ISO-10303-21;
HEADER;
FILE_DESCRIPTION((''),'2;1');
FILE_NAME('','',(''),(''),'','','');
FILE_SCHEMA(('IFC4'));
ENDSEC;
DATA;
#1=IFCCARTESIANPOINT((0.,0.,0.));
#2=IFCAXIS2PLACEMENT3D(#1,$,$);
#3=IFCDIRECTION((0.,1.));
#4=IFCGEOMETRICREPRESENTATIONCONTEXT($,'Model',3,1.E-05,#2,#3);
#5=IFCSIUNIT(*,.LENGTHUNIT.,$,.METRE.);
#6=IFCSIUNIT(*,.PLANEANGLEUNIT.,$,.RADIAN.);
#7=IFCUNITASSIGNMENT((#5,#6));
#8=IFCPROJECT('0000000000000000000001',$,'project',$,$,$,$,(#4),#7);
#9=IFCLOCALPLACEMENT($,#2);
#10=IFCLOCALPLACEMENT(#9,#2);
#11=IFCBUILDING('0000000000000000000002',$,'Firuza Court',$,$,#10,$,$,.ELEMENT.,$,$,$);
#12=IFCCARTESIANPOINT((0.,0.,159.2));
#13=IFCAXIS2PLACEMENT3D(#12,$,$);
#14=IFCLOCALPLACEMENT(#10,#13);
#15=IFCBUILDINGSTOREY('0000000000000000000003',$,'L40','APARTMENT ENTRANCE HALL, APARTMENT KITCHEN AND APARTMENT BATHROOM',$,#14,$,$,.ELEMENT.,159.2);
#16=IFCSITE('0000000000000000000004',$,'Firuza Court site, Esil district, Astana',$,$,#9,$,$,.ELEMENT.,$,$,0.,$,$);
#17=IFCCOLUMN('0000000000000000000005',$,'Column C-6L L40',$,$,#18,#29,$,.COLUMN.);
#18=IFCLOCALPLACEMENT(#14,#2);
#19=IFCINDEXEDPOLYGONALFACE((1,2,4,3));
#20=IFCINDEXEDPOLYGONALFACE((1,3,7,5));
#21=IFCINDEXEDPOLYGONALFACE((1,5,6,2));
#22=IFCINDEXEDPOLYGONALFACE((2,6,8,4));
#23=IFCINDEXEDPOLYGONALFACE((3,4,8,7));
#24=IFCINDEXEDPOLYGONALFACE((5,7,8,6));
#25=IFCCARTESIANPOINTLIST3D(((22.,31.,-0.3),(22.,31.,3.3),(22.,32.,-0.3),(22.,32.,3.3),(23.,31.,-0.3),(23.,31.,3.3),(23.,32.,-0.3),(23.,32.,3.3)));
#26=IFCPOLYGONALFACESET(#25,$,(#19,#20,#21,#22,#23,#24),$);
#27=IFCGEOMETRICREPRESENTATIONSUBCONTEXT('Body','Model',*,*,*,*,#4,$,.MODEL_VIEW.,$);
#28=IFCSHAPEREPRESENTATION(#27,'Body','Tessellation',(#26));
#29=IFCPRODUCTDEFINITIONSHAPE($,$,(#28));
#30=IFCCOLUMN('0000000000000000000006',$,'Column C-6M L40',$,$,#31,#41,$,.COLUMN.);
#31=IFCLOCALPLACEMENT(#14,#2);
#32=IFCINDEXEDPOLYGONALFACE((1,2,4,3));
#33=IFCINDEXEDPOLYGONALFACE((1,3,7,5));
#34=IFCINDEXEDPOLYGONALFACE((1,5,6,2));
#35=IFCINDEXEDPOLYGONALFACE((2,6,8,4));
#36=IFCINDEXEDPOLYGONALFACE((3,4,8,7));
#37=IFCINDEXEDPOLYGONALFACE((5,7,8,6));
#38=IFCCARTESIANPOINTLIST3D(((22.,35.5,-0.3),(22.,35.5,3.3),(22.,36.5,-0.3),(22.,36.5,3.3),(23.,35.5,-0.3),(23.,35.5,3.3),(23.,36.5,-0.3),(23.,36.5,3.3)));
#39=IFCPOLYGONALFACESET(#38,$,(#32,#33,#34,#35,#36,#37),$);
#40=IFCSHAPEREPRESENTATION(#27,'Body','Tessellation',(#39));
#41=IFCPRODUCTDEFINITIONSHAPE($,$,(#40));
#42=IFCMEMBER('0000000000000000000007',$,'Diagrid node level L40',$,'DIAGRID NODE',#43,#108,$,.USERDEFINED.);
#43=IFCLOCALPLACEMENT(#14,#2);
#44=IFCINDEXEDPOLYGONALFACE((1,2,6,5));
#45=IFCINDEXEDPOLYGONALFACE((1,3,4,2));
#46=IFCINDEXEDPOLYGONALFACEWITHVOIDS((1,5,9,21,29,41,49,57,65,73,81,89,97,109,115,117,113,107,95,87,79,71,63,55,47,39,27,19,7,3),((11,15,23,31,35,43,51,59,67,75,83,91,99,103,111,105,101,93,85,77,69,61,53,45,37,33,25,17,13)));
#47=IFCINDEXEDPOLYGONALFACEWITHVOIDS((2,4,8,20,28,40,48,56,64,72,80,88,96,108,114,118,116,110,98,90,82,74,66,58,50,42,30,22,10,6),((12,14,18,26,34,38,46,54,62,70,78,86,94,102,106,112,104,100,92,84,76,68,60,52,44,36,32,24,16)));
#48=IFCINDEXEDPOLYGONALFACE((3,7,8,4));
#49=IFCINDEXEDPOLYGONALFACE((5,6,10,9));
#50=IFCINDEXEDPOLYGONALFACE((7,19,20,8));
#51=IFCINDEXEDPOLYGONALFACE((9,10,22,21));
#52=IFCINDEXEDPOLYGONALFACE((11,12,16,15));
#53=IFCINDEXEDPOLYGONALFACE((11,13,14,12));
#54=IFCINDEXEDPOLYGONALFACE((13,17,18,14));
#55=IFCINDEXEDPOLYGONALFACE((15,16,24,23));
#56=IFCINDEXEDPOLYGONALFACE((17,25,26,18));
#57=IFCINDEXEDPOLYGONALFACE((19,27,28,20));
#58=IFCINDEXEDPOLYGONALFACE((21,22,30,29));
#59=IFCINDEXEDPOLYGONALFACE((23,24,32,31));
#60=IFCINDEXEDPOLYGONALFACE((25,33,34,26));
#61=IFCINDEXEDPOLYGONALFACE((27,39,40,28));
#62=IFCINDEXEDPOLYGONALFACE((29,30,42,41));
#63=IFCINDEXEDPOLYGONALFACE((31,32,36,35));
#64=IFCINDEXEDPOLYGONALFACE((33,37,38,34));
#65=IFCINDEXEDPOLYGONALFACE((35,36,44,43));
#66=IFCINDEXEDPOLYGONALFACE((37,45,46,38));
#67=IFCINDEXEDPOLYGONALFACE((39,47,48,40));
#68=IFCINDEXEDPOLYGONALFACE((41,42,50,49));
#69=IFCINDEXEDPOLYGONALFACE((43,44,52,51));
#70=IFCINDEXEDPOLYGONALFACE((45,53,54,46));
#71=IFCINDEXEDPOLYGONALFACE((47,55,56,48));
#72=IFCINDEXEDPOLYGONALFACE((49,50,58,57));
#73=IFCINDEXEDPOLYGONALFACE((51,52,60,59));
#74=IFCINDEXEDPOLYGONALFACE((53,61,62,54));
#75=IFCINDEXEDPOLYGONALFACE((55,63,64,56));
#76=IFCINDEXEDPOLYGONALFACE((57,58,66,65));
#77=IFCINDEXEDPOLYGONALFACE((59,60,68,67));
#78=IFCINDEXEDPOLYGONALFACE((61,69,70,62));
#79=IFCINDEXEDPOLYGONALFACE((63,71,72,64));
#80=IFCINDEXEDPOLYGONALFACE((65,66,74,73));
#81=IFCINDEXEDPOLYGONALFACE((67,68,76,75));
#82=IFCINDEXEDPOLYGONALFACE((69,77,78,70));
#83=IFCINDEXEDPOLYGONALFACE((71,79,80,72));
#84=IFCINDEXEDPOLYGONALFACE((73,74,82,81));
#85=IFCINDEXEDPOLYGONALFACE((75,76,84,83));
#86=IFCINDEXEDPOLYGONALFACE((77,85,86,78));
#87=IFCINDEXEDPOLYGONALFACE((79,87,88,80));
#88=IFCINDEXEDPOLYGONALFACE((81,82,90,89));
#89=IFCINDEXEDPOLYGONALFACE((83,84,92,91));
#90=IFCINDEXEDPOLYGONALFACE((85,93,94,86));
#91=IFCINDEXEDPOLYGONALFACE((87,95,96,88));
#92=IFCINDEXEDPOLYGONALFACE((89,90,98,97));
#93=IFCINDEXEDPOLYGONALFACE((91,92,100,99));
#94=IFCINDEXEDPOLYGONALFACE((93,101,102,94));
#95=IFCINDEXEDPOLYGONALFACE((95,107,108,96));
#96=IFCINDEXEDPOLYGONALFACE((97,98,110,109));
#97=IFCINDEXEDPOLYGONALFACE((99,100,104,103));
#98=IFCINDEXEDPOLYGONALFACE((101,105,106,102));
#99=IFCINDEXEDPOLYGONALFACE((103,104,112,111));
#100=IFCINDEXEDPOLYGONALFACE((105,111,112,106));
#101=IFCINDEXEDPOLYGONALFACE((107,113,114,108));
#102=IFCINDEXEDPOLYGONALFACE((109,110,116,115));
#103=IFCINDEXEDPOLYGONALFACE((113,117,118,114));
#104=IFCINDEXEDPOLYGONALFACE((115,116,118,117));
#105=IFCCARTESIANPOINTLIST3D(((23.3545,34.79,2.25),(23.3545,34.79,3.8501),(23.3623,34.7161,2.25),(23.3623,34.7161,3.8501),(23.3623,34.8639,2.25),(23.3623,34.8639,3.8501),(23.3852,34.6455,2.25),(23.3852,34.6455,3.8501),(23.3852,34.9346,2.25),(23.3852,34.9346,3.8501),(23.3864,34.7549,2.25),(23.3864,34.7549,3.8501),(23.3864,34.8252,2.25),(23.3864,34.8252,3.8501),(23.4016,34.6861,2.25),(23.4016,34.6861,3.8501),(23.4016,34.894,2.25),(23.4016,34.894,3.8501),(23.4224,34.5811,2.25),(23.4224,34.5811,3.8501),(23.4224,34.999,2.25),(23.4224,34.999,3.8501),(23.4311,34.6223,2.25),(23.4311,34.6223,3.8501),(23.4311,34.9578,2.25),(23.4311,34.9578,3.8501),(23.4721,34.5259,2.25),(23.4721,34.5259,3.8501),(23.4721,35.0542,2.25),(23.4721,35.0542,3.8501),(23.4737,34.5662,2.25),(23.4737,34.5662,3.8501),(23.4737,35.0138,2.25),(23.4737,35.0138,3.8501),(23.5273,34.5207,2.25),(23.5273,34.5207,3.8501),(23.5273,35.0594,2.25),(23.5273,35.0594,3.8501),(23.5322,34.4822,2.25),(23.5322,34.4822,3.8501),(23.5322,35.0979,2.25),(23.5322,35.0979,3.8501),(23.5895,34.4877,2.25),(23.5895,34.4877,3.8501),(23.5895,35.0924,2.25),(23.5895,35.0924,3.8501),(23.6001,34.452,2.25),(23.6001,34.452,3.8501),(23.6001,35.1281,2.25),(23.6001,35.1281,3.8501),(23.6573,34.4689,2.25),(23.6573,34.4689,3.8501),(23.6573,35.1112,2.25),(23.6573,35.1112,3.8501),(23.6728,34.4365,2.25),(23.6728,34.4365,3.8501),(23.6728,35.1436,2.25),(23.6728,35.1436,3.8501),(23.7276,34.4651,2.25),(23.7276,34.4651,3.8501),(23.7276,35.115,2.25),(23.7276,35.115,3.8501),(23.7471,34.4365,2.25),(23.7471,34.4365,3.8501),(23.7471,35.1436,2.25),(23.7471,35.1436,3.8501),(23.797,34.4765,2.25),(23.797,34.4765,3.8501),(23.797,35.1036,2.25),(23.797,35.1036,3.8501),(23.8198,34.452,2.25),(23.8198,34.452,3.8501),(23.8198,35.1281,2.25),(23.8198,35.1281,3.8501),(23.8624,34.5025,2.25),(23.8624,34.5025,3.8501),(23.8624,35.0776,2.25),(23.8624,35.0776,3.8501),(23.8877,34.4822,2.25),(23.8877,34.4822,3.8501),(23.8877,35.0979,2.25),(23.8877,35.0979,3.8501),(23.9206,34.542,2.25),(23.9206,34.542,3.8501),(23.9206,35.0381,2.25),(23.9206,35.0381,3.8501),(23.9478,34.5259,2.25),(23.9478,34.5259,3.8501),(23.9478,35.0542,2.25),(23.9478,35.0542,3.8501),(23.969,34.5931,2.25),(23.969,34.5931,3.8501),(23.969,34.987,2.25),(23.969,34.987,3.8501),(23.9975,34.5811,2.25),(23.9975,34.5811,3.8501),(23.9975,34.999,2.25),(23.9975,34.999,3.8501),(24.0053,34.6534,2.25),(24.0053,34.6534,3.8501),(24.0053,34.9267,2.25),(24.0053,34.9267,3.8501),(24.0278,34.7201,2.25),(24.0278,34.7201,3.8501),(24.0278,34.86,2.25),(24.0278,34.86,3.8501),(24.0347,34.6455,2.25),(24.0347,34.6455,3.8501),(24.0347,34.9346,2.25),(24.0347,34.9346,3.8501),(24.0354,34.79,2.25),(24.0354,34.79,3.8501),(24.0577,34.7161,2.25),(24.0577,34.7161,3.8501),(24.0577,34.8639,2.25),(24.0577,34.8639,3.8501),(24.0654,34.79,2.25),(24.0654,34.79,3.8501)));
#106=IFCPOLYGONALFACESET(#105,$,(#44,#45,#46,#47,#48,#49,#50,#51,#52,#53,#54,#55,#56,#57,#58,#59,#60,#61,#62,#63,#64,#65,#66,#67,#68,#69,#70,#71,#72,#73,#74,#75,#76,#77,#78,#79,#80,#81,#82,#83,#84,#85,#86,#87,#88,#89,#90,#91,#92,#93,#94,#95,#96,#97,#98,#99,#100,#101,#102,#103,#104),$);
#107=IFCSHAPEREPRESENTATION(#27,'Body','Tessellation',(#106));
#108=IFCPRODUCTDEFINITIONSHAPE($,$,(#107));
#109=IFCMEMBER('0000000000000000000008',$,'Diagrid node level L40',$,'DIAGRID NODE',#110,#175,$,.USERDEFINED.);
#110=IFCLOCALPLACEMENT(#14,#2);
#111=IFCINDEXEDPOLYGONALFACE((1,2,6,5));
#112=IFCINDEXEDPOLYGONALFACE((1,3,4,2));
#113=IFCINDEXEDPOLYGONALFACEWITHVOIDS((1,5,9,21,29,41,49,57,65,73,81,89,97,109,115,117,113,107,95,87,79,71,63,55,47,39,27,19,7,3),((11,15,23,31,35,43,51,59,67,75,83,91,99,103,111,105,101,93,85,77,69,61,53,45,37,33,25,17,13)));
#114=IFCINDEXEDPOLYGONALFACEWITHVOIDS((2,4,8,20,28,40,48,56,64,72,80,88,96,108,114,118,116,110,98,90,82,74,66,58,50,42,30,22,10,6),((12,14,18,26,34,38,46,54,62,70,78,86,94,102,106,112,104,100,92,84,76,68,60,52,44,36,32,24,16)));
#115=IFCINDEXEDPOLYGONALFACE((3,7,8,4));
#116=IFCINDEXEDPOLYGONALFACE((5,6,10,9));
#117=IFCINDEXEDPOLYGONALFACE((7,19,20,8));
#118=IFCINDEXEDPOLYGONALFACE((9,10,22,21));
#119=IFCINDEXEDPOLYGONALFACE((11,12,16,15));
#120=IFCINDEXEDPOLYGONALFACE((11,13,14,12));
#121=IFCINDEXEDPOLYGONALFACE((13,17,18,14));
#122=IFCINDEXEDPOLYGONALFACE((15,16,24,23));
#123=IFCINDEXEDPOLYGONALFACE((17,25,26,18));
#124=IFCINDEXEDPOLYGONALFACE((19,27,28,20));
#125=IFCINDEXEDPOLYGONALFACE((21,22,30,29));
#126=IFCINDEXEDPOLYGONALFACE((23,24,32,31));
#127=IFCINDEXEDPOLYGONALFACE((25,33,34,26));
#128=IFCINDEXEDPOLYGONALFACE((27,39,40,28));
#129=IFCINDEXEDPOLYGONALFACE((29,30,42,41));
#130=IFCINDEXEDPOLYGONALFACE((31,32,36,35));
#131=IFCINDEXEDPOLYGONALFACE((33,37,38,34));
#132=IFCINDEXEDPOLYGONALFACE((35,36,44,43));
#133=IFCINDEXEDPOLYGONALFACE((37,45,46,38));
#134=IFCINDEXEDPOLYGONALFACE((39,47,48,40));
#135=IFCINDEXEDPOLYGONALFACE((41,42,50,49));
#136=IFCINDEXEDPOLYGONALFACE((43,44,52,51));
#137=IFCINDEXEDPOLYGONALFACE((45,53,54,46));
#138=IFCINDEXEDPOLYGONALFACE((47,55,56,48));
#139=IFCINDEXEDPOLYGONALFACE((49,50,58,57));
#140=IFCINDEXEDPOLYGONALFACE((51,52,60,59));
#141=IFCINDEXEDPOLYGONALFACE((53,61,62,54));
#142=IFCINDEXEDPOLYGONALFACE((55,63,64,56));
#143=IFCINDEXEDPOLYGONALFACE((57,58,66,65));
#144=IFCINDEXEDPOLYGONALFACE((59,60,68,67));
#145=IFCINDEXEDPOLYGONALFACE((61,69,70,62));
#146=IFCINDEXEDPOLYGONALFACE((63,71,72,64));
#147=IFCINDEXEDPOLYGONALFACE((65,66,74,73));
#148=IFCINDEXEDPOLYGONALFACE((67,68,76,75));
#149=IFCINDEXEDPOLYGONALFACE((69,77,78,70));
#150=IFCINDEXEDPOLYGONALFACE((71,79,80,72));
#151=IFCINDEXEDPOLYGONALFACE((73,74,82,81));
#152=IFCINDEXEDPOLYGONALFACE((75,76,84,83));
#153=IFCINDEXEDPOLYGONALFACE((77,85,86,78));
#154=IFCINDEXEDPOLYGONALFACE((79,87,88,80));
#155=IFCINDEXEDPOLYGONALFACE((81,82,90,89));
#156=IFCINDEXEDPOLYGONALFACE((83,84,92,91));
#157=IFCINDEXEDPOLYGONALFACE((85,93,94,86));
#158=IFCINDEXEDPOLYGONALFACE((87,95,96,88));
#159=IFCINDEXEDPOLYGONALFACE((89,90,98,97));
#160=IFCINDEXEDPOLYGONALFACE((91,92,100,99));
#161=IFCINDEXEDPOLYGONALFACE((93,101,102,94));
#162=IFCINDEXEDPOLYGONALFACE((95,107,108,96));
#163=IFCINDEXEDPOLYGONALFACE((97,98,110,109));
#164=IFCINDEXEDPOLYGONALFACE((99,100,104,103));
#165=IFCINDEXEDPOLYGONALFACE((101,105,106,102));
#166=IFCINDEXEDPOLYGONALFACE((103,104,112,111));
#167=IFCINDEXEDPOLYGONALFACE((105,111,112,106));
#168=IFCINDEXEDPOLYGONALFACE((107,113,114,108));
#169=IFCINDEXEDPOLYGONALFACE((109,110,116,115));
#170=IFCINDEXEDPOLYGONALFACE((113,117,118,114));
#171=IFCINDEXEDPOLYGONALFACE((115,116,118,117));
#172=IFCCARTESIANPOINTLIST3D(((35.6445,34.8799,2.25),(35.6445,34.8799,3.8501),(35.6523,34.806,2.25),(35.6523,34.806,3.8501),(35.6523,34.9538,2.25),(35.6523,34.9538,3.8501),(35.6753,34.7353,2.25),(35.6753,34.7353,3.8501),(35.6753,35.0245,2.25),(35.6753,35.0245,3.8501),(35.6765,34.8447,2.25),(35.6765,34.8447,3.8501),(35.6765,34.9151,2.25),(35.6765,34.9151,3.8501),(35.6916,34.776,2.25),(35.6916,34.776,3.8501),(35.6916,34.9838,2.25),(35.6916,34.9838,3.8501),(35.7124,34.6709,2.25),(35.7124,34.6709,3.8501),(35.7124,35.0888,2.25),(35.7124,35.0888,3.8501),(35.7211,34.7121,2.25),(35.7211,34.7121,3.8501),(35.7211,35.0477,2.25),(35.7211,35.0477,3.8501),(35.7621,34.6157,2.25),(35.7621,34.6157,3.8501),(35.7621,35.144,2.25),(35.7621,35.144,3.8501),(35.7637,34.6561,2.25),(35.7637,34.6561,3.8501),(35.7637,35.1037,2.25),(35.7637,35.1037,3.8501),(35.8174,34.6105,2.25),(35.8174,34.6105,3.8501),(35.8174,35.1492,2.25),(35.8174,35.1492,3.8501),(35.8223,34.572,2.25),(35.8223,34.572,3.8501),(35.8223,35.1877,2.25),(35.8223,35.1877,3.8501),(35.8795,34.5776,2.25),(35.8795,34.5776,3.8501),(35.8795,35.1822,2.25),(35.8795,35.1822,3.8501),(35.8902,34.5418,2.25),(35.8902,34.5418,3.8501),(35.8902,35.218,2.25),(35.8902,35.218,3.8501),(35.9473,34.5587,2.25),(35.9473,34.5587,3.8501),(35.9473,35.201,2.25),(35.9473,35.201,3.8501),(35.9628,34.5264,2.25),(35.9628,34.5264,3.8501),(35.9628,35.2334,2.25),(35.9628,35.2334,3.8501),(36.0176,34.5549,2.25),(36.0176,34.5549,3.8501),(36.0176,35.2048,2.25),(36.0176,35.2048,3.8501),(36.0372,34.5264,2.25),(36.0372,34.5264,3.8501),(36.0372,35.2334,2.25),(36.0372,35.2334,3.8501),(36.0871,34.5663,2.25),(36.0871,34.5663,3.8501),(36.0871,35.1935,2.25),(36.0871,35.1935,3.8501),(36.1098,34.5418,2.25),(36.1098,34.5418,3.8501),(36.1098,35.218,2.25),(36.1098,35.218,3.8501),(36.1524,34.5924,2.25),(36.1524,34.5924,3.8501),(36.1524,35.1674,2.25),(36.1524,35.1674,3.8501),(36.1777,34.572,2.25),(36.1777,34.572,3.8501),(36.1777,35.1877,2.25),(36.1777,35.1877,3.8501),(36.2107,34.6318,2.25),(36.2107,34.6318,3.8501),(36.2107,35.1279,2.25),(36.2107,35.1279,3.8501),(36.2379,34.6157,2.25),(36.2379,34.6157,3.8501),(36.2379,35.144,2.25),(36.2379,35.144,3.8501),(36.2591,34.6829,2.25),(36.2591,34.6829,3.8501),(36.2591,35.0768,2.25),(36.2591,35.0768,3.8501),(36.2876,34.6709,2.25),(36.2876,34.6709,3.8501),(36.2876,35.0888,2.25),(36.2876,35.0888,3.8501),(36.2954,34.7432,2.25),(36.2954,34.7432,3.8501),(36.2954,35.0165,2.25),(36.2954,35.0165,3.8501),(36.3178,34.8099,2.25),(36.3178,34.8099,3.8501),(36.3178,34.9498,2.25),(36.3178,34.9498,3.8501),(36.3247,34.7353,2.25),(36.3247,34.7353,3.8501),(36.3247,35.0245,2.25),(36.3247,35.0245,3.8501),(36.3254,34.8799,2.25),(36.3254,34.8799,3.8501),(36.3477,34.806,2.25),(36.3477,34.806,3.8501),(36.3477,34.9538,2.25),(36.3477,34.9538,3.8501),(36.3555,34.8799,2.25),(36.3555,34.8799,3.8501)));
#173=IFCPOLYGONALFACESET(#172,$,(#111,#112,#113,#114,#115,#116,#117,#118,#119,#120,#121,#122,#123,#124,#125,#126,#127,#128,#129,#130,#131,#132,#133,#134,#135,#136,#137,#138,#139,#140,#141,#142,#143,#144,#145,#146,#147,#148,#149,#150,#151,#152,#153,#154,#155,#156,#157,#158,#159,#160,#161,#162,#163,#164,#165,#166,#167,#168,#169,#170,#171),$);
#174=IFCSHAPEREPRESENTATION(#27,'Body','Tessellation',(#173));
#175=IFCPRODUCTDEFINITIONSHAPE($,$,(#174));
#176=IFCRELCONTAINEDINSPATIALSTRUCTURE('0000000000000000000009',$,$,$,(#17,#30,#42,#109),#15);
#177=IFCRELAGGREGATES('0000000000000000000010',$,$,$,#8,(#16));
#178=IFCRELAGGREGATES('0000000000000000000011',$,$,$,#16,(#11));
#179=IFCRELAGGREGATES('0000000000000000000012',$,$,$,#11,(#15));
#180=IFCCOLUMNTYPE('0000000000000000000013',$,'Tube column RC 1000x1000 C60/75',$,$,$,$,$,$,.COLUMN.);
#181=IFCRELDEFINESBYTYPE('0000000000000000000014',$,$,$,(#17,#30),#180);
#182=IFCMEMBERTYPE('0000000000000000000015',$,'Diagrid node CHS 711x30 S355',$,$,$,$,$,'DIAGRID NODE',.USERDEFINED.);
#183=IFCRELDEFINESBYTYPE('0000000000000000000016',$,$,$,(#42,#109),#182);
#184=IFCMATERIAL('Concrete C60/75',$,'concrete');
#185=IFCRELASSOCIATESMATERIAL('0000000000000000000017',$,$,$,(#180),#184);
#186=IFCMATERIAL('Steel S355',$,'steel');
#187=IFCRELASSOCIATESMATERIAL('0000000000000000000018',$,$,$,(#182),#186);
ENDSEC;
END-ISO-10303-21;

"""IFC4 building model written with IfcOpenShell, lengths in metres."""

from ifc_helpers import new_model, si_unit, direction, frame, origin, origin_2d, place, context, subcontext, project, spatial, rectangle, hollow_circle, extrude, material, material_profile, profile_set, type_object, element, save


model = new_model("IFC4")

# Units and contexts
model_context = context("Model", 3, precision=1e-05, world=origin(), true_north=direction((0.0, 1.0)))
body_context = subcontext(model_context, "Body", "Model", "MODEL_VIEW")
ifc_project = project(units=[si_unit("LENGTHUNIT", "METRE"), si_unit("PLANEANGLEUNIT", "RADIAN")], contexts=[model_context])

# Site, building, storey
site_placement = place(None, origin())
site = spatial("IfcSite", under=ifc_project, at=site_placement, Name="Firuza Court site, Esil district, Astana", CompositionType="ELEMENT", RefElevation=0.0)
building_placement = place(site_placement, origin())
building = spatial("IfcBuilding", under=site, at=building_placement, Name="Firuza Court", CompositionType="ELEMENT")
storey_placement = place(building_placement, frame((0.0, 0.0, 159.2)))
storey = spatial("IfcBuildingStorey", under=building, at=storey_placement, Name="L40", Description="APARTMENT ENTRANCE HALL, APARTMENT KITCHEN AND APARTMENT BATHROOM", CompositionType="ELEMENT", Elevation=159.2)

# Columns
ifc_material_1 = material(Name="Concrete C60/75", Category="concrete")
ifc_material_profile_1 = material_profile(ifc_material_1, rectangle(XDim=1.0, YDim=1.0, at=origin_2d()), Name="RC 1000x1000")
ifc_profile_set_1 = profile_set([ifc_material_profile_1], Name="Concrete C60/75")
column_type = type_object("IfcColumnType", Name="Tube column RC 1000x1000 C60/75", PredefinedType="COLUMN", material=ifc_profile_set_1)
for number, where, z_axis, x_axis, name in (
    (1, (22.5, 31.5, -0.3), (0.0, 0.0, 1.0), (1.0, 0.0, 0.0), "Column C-6L L40"),
    (2, (22.5, 36.0, -0.3), (0.0, 0.0, 1.0), (1.0, 0.0, 0.0), "Column C-6M L40"),
):
    element("IfcColumn", number, at=place(storey_placement, frame(where, z_axis=z_axis, x_axis=x_axis)), inside=storey, type_object=column_type, Name=name, PredefinedType="COLUMN", context=body_context, shape_type="SweptSolid", body=[
        extrude(rectangle(XDim=1.0, YDim=1.0, at=origin_2d()), origin(), (0.0, 0.0, 1.0), 3.6001),
    ])

# Members
ifc_material_2 = material(Name="Steel S355", Category="steel")
ifc_material_profile_2 = material_profile(ifc_material_2, hollow_circle(Radius=0.3555, WallThickness=0.03, at=origin_2d()), Name="CHS 711x30")
ifc_profile_set_2 = profile_set([ifc_material_profile_2], Name="Steel S355")
member_type_1 = type_object("IfcMemberType", Name="Diagrid node CHS 711x30 S355", ElementType="DIAGRID NODE", PredefinedType="USERDEFINED", material=ifc_profile_set_2)
for number, where, z_axis, x_axis, name in (
    (3, (23.71, 34.79, 2.25), (0.0, 0.0, 1.0), (1.0, 0.0, 0.0), "Diagrid node level L40"),
    (4, (36.0, 34.8799, 2.25), (0.0, 0.0, 1.0), (1.0, 0.0, 0.0), "Diagrid node level L40"),
):
    element("IfcMember", number, at=place(storey_placement, frame(where, z_axis=z_axis, x_axis=x_axis)), inside=storey, type_object=member_type_1, Name=name, ObjectType="DIAGRID NODE", PredefinedType="USERDEFINED", context=body_context, shape_type="SweptSolid", body=[
        extrude(hollow_circle(Radius=0.3555, WallThickness=0.03, at=origin_2d()), origin(), (0.0, 0.0, 1.0), 1.6001),
    ])

save(model, "model.ifc")
